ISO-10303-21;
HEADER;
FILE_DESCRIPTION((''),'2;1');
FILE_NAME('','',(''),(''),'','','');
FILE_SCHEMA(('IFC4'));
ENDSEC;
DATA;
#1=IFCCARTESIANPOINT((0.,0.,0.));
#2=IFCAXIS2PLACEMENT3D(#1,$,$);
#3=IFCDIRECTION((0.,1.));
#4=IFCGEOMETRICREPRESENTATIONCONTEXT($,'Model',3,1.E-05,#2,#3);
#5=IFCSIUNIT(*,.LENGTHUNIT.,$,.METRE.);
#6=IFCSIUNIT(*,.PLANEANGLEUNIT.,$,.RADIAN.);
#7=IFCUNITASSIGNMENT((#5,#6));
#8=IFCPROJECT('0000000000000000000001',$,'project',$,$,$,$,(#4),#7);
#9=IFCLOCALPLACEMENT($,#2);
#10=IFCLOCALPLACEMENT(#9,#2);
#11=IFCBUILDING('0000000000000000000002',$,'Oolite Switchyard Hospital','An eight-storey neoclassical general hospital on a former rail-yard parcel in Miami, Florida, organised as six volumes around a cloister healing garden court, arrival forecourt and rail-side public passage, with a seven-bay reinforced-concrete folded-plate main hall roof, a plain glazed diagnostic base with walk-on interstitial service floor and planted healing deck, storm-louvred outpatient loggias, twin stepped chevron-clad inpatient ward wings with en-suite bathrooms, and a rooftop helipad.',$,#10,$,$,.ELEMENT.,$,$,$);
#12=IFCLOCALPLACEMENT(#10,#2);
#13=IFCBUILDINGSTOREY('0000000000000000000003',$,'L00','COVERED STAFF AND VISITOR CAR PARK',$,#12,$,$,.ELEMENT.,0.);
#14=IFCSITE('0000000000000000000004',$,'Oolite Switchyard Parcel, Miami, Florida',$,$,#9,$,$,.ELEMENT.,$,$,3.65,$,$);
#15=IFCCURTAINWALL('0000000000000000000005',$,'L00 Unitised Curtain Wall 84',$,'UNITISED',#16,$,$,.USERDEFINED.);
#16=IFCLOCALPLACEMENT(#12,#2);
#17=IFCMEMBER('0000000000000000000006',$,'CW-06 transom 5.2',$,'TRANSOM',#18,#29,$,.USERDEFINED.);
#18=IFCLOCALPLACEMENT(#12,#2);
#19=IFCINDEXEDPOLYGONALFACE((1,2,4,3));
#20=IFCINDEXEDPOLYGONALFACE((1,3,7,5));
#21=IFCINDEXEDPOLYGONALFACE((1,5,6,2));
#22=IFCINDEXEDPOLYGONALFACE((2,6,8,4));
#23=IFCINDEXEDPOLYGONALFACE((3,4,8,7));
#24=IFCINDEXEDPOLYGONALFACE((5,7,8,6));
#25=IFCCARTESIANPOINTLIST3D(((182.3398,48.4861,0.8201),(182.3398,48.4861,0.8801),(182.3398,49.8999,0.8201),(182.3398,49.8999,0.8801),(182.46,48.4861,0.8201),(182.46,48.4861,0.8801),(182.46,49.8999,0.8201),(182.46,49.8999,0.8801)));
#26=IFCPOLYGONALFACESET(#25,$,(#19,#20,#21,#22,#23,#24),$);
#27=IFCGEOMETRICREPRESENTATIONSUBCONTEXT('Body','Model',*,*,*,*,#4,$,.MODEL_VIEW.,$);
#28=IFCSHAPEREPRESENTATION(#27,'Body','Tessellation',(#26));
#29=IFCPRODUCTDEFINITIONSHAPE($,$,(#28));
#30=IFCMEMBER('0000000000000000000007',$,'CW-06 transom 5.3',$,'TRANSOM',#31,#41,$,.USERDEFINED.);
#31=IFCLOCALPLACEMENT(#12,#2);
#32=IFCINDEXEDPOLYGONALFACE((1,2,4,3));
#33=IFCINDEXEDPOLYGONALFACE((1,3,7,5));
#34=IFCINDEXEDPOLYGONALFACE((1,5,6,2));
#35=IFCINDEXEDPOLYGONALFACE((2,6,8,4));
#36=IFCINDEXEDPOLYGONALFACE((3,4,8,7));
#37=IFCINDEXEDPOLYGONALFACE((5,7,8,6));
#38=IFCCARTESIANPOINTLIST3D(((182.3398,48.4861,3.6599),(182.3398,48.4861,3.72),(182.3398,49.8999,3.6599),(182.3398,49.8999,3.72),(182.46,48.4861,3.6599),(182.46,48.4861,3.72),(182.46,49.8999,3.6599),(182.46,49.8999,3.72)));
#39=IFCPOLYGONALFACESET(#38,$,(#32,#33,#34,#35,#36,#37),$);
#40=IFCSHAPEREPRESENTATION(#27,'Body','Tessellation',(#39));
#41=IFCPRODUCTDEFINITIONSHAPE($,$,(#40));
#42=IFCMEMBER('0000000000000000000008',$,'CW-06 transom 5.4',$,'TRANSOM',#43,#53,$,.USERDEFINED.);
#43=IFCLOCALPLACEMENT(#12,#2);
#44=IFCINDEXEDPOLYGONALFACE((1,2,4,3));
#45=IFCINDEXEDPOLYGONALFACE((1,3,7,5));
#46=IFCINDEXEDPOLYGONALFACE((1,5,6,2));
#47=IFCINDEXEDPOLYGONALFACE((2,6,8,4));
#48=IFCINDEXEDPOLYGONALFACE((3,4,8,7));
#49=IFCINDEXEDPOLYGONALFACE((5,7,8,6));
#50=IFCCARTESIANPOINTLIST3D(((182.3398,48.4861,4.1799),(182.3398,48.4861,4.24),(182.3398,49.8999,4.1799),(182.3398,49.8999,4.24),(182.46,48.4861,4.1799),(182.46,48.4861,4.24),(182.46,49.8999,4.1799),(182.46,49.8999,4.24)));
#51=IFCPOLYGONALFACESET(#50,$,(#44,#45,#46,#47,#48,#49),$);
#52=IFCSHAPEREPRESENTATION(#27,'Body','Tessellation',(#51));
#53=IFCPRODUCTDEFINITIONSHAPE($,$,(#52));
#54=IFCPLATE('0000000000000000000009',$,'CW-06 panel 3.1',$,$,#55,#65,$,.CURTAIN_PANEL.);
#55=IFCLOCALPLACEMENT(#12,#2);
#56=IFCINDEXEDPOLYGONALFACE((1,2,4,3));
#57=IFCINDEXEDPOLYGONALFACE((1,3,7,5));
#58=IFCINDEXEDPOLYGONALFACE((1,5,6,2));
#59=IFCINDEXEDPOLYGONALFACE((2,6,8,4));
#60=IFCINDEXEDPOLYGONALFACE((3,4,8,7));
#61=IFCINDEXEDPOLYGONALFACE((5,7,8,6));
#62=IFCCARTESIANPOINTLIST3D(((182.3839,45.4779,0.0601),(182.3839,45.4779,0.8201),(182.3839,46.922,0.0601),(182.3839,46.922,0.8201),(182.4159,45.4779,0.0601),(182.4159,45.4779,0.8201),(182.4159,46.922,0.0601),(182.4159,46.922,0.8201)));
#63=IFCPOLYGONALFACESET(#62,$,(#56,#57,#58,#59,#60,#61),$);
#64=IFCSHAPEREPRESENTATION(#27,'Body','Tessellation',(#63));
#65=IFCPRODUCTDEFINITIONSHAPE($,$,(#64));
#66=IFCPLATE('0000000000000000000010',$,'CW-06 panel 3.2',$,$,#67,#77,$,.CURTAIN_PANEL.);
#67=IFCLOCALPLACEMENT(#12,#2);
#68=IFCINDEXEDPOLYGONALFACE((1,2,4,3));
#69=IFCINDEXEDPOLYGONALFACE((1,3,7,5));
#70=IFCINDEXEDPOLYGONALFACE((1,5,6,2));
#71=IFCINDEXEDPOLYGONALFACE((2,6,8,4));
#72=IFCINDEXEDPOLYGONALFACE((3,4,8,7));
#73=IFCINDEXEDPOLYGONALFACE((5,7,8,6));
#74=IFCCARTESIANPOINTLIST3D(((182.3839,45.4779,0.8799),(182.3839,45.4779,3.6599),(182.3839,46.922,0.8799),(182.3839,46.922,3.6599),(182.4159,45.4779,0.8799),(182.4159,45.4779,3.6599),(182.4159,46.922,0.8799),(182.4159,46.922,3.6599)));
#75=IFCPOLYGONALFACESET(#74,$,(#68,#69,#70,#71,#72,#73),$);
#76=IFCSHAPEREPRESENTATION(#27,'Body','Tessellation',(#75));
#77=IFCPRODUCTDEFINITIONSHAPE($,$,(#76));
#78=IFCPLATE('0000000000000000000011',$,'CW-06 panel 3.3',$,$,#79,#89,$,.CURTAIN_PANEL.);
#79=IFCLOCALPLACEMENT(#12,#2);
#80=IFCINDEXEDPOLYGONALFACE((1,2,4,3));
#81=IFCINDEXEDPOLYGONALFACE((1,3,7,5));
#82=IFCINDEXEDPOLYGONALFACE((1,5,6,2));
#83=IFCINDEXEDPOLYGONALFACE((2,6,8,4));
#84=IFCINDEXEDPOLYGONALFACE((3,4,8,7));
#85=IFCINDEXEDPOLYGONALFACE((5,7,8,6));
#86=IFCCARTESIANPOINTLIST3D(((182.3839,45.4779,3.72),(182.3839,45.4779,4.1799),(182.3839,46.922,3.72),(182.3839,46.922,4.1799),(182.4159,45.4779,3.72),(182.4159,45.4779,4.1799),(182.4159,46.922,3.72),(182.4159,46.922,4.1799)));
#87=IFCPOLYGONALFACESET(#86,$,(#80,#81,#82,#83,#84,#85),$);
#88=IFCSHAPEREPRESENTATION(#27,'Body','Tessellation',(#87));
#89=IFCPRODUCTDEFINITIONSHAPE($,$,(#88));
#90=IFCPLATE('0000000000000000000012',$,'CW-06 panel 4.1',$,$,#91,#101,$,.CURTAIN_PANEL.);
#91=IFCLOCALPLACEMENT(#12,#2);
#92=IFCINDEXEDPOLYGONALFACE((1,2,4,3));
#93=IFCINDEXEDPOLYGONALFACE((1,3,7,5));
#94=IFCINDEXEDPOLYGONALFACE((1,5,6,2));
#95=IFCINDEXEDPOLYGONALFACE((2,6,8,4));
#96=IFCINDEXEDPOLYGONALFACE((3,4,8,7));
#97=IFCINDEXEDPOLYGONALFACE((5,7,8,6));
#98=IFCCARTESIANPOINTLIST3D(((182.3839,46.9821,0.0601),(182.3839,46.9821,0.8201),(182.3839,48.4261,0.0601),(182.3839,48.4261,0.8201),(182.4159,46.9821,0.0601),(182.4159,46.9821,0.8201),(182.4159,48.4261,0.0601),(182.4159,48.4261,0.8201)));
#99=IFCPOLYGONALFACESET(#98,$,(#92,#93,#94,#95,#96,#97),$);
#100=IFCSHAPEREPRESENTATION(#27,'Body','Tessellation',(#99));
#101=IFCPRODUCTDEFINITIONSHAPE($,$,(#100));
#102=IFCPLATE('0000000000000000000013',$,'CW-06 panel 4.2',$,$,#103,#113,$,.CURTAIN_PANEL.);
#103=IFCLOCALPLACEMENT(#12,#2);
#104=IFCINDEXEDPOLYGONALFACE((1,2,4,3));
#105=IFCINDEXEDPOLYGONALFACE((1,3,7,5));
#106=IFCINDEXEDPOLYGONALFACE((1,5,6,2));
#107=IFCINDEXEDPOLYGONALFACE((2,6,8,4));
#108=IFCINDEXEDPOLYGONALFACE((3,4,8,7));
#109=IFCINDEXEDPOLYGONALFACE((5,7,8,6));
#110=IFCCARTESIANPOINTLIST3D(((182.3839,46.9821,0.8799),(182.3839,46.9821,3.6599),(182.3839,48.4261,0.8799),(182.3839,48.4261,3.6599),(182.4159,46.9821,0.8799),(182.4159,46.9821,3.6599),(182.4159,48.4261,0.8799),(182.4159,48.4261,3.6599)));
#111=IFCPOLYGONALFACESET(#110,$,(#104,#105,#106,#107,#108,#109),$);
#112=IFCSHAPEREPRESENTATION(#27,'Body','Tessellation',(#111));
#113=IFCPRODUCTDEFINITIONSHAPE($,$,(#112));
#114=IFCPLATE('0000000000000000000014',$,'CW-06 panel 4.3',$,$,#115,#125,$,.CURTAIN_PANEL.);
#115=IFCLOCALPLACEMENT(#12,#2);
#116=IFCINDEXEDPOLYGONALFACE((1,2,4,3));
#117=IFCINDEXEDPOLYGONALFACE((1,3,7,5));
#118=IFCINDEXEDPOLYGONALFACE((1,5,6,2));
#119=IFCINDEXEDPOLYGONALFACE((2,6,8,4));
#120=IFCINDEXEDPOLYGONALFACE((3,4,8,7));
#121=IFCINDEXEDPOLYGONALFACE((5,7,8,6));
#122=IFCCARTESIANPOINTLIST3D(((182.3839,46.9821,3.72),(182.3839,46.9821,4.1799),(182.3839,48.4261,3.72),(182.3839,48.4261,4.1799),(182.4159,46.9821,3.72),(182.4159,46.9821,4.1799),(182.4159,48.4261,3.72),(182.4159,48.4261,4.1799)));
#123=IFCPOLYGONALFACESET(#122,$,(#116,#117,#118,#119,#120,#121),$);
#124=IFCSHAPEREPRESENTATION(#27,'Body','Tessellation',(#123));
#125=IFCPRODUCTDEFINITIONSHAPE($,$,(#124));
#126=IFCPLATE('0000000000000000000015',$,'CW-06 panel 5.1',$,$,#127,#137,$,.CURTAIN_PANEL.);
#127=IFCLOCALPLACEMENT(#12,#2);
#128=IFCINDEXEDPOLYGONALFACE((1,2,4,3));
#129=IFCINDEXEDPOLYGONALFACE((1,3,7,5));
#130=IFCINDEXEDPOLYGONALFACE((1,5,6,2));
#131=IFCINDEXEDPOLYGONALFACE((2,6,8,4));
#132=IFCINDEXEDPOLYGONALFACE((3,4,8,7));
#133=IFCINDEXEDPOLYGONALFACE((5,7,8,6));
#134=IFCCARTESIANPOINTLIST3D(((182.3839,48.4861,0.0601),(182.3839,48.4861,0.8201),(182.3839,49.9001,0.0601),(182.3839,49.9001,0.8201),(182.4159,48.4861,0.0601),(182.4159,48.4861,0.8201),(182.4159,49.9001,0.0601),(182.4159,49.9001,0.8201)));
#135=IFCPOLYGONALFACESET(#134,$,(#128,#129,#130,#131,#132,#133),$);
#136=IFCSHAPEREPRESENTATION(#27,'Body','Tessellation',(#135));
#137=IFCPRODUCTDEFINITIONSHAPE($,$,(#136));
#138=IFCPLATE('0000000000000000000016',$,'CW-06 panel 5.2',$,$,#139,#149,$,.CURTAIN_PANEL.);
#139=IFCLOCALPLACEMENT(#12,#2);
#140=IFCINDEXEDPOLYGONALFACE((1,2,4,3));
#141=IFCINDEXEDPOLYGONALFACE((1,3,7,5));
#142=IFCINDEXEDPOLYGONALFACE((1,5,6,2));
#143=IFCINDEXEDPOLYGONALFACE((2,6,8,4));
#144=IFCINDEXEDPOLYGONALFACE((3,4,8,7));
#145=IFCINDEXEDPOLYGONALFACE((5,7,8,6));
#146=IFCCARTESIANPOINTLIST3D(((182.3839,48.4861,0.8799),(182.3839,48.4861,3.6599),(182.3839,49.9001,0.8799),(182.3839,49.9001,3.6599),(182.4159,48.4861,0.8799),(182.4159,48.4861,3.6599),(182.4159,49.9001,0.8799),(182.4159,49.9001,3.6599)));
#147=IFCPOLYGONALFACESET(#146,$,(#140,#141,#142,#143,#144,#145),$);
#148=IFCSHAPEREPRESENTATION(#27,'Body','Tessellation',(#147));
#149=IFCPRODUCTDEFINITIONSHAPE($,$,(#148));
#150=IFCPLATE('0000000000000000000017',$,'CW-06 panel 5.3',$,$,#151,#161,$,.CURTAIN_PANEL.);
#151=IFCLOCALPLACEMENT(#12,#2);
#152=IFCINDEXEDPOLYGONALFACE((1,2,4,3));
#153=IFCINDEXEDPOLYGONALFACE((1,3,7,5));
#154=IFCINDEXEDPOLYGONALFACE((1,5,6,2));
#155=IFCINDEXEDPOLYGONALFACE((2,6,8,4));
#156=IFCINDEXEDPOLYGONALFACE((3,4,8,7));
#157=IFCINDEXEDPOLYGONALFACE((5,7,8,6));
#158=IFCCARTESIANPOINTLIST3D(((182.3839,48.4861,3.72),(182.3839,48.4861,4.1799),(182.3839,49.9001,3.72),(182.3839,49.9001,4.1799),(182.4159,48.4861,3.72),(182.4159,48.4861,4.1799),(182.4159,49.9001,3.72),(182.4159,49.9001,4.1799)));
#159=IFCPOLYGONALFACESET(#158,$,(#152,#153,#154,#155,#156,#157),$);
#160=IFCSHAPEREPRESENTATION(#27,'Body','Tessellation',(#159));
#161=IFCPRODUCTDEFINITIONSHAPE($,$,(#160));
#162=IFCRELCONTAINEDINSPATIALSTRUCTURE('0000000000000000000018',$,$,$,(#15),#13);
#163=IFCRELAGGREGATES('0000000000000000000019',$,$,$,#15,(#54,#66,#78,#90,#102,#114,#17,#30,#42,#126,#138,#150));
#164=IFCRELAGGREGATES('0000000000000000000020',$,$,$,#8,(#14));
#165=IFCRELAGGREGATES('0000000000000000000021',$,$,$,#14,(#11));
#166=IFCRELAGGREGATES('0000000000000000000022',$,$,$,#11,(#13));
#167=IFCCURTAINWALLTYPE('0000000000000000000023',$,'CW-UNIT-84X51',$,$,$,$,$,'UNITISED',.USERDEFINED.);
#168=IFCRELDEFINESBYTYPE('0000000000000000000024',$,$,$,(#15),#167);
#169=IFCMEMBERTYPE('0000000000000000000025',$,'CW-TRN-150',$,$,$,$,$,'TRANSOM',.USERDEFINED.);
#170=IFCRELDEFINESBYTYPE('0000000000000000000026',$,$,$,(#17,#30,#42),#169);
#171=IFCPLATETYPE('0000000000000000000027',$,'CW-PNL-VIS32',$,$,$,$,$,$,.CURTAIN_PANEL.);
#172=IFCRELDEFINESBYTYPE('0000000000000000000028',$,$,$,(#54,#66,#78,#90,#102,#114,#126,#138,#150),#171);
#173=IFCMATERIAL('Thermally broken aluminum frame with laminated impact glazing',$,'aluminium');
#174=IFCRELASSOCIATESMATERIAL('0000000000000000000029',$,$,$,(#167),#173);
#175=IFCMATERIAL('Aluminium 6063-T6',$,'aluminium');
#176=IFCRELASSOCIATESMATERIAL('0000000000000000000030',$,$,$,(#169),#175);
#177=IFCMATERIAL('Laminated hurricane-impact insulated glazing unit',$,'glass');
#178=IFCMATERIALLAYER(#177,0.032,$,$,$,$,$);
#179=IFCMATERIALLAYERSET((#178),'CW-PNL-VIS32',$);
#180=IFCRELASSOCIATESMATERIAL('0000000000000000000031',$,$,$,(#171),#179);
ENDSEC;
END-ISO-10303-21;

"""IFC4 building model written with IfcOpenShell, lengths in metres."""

from ifc_helpers import new_model, si_unit, direction, frame, origin, origin_2d, place, context, subcontext, project, spatial, rectangle, extrude, material, layer, layer_set, material_profile, profile_set, type_object, element, aggregate, save


model = new_model("IFC4")

# Units and contexts
model_context = context("Model", 3, precision=1e-05, world=origin(), true_north=direction((0.0, 1.0)))
body_context = subcontext(model_context, "Body", "Model", "MODEL_VIEW")
ifc_project = project(units=[si_unit("LENGTHUNIT", "METRE"), si_unit("PLANEANGLEUNIT", "RADIAN")], contexts=[model_context])

# Site, building, storey
site_placement = place(None, origin())
site = spatial("IfcSite", under=ifc_project, at=site_placement, Name="Oolite Switchyard Parcel, Miami, Florida", CompositionType="ELEMENT", RefElevation=3.65)
building_placement = place(site_placement, origin())
building = spatial("IfcBuilding", under=site, at=building_placement, Name="Oolite Switchyard Hospital", Description="An eight-storey neoclassical general hospital on a former rail-yard parcel in Miami, Florida, organised as six volumes around a cloister healing garden court, arrival forecourt and rail-side public passage, with a seven-bay reinforced-concrete folded-plate main hall roof, a plain glazed diagnostic base with walk-on interstitial service floor and planted healing deck, storm-louvred outpatient loggias, twin stepped chevron-clad inpatient ward wings with en-suite bathrooms, and a rooftop helipad.", CompositionType="ELEMENT")
storey_placement = place(building_placement, origin())
storey = spatial("IfcBuildingStorey", under=building, at=storey_placement, Name="L00", Description="COVERED STAFF AND VISITOR CAR PARK", CompositionType="ELEMENT", Elevation=0.0)

# Curtain wall, members, plates
ifc_material_1 = material(Name="Thermally broken aluminum frame with laminated impact glazing", Category="aluminium")
curtain_wall_type = type_object("IfcCurtainWallType", Name="CW-UNIT-84X51", ElementType="UNITISED", PredefinedType="USERDEFINED", material=ifc_material_1)
curtain_wall_placement = place(storey_placement, origin())
curtain_wall = element("IfcCurtainWall", 1, at=curtain_wall_placement, inside=storey, type_object=curtain_wall_type, Name="L00 Unitised Curtain Wall 84", ObjectType="UNITISED", PredefinedType="USERDEFINED")
ifc_material_2 = material(Name="Aluminium 6063-T6", Category="aluminium")
ifc_material_profile_1 = material_profile(ifc_material_2, rectangle(XDim=0.1201, YDim=0.0601, at=origin_2d()), Name="CWT60X120")
ifc_profile_set_1 = profile_set([ifc_material_profile_1], Name="Aluminium 6063-T6")
member_type_1 = type_object("IfcMemberType", Name="CW-TRN-150", ElementType="TRANSOM", PredefinedType="USERDEFINED", material=ifc_profile_set_1)
member_1_placement = place(storey_placement, frame((182.3999, 48.4861, 0.8501), z_axis=(0.0, 1.0, 0.0), x_axis=(-1.0, 0.0, 0.0)))
member_1 = element("IfcMember", 2, at=member_1_placement, type_object=member_type_1, Name="CW-06 transom 5.2", ObjectType="TRANSOM", PredefinedType="USERDEFINED", context=body_context, shape_type="SweptSolid", body=[
    extrude(rectangle(XDim=0.1201, YDim=0.0601, at=origin_2d()), origin(), (0.0, 0.0, 1.0), 1.4138),
])
member_2_placement = place(storey_placement, frame((182.3999, 48.4861, 3.6899), z_axis=(0.0, 1.0, 0.0), x_axis=(-1.0, 0.0, 0.0)))
member_2 = element("IfcMember", 3, at=member_2_placement, type_object=member_type_1, Name="CW-06 transom 5.3", ObjectType="TRANSOM", PredefinedType="USERDEFINED", context=body_context, shape_type="SweptSolid", body=[
    extrude(rectangle(XDim=0.1201, YDim=0.0601, at=origin_2d()), origin(), (0.0, 0.0, 1.0), 1.4138),
])
member_3_placement = place(storey_placement, frame((182.3999, 48.4861, 4.21), z_axis=(0.0, 1.0, 0.0), x_axis=(-1.0, 0.0, 0.0)))
member_3 = element("IfcMember", 4, at=member_3_placement, type_object=member_type_1, Name="CW-06 transom 5.4", ObjectType="TRANSOM", PredefinedType="USERDEFINED", context=body_context, shape_type="SweptSolid", body=[
    extrude(rectangle(XDim=0.1201, YDim=0.0601, at=origin_2d()), origin(), (0.0, 0.0, 1.0), 1.4138),
])
ifc_material_3 = material(Name="Laminated hurricane-impact insulated glazing unit", Category="glass")
ifc_layer = layer(ifc_material_3, 0.032)
ifc_layer_set = layer_set([ifc_layer], Name="CW-PNL-VIS32")
plate_type = type_object("IfcPlateType", Name="CW-PNL-VIS32", PredefinedType="CURTAIN_PANEL", material=ifc_layer_set)
plate_1_placement = place(storey_placement, frame((182.3999, 46.2, 0.0601), z_axis=(0.0, 0.0, 1.0), x_axis=(0.0, 1.0, 0.0)))
plate_1 = element("IfcPlate", 5, at=plate_1_placement, type_object=plate_type, Name="CW-06 panel 3.1", PredefinedType="CURTAIN_PANEL", context=body_context, shape_type="SweptSolid", body=[
    extrude(rectangle(XDim=1.4441, YDim=0.032, at=origin_2d()), origin(), (0.0, 0.0, 1.0), 0.76),
])
plate_2_placement = place(storey_placement, frame((182.3999, 46.2, 0.8799), z_axis=(0.0, 0.0, 1.0), x_axis=(0.0, 1.0, 0.0)))
plate_2 = element("IfcPlate", 6, at=plate_2_placement, type_object=plate_type, Name="CW-06 panel 3.2", PredefinedType="CURTAIN_PANEL", context=body_context, shape_type="SweptSolid", body=[
    extrude(rectangle(XDim=1.4441, YDim=0.032, at=origin_2d()), origin(), (0.0, 0.0, 1.0), 2.78),
])
plate_3_placement = place(storey_placement, frame((182.3999, 46.2, 3.72), z_axis=(0.0, 0.0, 1.0), x_axis=(0.0, 1.0, 0.0)))
plate_3 = element("IfcPlate", 7, at=plate_3_placement, type_object=plate_type, Name="CW-06 panel 3.3", PredefinedType="CURTAIN_PANEL", context=body_context, shape_type="SweptSolid", body=[
    extrude(rectangle(XDim=1.4441, YDim=0.032, at=origin_2d()), origin(), (0.0, 0.0, 1.0), 0.46),
])
plate_4_placement = place(storey_placement, frame((182.3999, 47.7041, 0.0601), z_axis=(0.0, 0.0, 1.0), x_axis=(0.0, 1.0, 0.0)))
plate_4 = element("IfcPlate", 8, at=plate_4_placement, type_object=plate_type, Name="CW-06 panel 4.1", PredefinedType="CURTAIN_PANEL", context=body_context, shape_type="SweptSolid", body=[
    extrude(rectangle(XDim=1.4441, YDim=0.032, at=origin_2d()), origin(), (0.0, 0.0, 1.0), 0.76),
])
plate_5_placement = place(storey_placement, frame((182.3999, 47.7041, 0.8799), z_axis=(0.0, 0.0, 1.0), x_axis=(0.0, 1.0, 0.0)))
plate_5 = element("IfcPlate", 9, at=plate_5_placement, type_object=plate_type, Name="CW-06 panel 4.2", PredefinedType="CURTAIN_PANEL", context=body_context, shape_type="SweptSolid", body=[
    extrude(rectangle(XDim=1.4441, YDim=0.032, at=origin_2d()), origin(), (0.0, 0.0, 1.0), 2.78),
])
plate_6_placement = place(storey_placement, frame((182.3999, 47.7041, 3.72), z_axis=(0.0, 0.0, 1.0), x_axis=(0.0, 1.0, 0.0)))
plate_6 = element("IfcPlate", 10, at=plate_6_placement, type_object=plate_type, Name="CW-06 panel 4.3", PredefinedType="CURTAIN_PANEL", context=body_context, shape_type="SweptSolid", body=[
    extrude(rectangle(XDim=1.4441, YDim=0.032, at=origin_2d()), origin(), (0.0, 0.0, 1.0), 0.46),
])
plate_7_placement = place(storey_placement, frame((182.3999, 49.1931, 0.0601), z_axis=(0.0, 0.0, 1.0), x_axis=(0.0, 1.0, 0.0)))
plate_7 = element("IfcPlate", 11, at=plate_7_placement, type_object=plate_type, Name="CW-06 panel 5.1", PredefinedType="CURTAIN_PANEL", context=body_context, shape_type="SweptSolid", body=[
    extrude(rectangle(XDim=1.4141, YDim=0.032, at=origin_2d()), origin(), (0.0, 0.0, 1.0), 0.76),
])
plate_8_placement = place(storey_placement, frame((182.3999, 49.1931, 0.8799), z_axis=(0.0, 0.0, 1.0), x_axis=(0.0, 1.0, 0.0)))
plate_8 = element("IfcPlate", 12, at=plate_8_placement, type_object=plate_type, Name="CW-06 panel 5.2", PredefinedType="CURTAIN_PANEL", context=body_context, shape_type="SweptSolid", body=[
    extrude(rectangle(XDim=1.4141, YDim=0.032, at=origin_2d()), origin(), (0.0, 0.0, 1.0), 2.78),
])
plate_9_placement = place(storey_placement, frame((182.3999, 49.1931, 3.72), z_axis=(0.0, 0.0, 1.0), x_axis=(0.0, 1.0, 0.0)))
plate_9 = element("IfcPlate", 13, at=plate_9_placement, type_object=plate_type, Name="CW-06 panel 5.3", PredefinedType="CURTAIN_PANEL", context=body_context, shape_type="SweptSolid", body=[
    extrude(rectangle(XDim=1.4141, YDim=0.032, at=origin_2d()), origin(), (0.0, 0.0, 1.0), 0.46),
])
aggregate(curtain_wall, [plate_1, plate_2, plate_3, plate_4, plate_5, plate_6, member_1, member_2, member_3, plate_7, plate_8, plate_9])

save(model, "model.ifc")
